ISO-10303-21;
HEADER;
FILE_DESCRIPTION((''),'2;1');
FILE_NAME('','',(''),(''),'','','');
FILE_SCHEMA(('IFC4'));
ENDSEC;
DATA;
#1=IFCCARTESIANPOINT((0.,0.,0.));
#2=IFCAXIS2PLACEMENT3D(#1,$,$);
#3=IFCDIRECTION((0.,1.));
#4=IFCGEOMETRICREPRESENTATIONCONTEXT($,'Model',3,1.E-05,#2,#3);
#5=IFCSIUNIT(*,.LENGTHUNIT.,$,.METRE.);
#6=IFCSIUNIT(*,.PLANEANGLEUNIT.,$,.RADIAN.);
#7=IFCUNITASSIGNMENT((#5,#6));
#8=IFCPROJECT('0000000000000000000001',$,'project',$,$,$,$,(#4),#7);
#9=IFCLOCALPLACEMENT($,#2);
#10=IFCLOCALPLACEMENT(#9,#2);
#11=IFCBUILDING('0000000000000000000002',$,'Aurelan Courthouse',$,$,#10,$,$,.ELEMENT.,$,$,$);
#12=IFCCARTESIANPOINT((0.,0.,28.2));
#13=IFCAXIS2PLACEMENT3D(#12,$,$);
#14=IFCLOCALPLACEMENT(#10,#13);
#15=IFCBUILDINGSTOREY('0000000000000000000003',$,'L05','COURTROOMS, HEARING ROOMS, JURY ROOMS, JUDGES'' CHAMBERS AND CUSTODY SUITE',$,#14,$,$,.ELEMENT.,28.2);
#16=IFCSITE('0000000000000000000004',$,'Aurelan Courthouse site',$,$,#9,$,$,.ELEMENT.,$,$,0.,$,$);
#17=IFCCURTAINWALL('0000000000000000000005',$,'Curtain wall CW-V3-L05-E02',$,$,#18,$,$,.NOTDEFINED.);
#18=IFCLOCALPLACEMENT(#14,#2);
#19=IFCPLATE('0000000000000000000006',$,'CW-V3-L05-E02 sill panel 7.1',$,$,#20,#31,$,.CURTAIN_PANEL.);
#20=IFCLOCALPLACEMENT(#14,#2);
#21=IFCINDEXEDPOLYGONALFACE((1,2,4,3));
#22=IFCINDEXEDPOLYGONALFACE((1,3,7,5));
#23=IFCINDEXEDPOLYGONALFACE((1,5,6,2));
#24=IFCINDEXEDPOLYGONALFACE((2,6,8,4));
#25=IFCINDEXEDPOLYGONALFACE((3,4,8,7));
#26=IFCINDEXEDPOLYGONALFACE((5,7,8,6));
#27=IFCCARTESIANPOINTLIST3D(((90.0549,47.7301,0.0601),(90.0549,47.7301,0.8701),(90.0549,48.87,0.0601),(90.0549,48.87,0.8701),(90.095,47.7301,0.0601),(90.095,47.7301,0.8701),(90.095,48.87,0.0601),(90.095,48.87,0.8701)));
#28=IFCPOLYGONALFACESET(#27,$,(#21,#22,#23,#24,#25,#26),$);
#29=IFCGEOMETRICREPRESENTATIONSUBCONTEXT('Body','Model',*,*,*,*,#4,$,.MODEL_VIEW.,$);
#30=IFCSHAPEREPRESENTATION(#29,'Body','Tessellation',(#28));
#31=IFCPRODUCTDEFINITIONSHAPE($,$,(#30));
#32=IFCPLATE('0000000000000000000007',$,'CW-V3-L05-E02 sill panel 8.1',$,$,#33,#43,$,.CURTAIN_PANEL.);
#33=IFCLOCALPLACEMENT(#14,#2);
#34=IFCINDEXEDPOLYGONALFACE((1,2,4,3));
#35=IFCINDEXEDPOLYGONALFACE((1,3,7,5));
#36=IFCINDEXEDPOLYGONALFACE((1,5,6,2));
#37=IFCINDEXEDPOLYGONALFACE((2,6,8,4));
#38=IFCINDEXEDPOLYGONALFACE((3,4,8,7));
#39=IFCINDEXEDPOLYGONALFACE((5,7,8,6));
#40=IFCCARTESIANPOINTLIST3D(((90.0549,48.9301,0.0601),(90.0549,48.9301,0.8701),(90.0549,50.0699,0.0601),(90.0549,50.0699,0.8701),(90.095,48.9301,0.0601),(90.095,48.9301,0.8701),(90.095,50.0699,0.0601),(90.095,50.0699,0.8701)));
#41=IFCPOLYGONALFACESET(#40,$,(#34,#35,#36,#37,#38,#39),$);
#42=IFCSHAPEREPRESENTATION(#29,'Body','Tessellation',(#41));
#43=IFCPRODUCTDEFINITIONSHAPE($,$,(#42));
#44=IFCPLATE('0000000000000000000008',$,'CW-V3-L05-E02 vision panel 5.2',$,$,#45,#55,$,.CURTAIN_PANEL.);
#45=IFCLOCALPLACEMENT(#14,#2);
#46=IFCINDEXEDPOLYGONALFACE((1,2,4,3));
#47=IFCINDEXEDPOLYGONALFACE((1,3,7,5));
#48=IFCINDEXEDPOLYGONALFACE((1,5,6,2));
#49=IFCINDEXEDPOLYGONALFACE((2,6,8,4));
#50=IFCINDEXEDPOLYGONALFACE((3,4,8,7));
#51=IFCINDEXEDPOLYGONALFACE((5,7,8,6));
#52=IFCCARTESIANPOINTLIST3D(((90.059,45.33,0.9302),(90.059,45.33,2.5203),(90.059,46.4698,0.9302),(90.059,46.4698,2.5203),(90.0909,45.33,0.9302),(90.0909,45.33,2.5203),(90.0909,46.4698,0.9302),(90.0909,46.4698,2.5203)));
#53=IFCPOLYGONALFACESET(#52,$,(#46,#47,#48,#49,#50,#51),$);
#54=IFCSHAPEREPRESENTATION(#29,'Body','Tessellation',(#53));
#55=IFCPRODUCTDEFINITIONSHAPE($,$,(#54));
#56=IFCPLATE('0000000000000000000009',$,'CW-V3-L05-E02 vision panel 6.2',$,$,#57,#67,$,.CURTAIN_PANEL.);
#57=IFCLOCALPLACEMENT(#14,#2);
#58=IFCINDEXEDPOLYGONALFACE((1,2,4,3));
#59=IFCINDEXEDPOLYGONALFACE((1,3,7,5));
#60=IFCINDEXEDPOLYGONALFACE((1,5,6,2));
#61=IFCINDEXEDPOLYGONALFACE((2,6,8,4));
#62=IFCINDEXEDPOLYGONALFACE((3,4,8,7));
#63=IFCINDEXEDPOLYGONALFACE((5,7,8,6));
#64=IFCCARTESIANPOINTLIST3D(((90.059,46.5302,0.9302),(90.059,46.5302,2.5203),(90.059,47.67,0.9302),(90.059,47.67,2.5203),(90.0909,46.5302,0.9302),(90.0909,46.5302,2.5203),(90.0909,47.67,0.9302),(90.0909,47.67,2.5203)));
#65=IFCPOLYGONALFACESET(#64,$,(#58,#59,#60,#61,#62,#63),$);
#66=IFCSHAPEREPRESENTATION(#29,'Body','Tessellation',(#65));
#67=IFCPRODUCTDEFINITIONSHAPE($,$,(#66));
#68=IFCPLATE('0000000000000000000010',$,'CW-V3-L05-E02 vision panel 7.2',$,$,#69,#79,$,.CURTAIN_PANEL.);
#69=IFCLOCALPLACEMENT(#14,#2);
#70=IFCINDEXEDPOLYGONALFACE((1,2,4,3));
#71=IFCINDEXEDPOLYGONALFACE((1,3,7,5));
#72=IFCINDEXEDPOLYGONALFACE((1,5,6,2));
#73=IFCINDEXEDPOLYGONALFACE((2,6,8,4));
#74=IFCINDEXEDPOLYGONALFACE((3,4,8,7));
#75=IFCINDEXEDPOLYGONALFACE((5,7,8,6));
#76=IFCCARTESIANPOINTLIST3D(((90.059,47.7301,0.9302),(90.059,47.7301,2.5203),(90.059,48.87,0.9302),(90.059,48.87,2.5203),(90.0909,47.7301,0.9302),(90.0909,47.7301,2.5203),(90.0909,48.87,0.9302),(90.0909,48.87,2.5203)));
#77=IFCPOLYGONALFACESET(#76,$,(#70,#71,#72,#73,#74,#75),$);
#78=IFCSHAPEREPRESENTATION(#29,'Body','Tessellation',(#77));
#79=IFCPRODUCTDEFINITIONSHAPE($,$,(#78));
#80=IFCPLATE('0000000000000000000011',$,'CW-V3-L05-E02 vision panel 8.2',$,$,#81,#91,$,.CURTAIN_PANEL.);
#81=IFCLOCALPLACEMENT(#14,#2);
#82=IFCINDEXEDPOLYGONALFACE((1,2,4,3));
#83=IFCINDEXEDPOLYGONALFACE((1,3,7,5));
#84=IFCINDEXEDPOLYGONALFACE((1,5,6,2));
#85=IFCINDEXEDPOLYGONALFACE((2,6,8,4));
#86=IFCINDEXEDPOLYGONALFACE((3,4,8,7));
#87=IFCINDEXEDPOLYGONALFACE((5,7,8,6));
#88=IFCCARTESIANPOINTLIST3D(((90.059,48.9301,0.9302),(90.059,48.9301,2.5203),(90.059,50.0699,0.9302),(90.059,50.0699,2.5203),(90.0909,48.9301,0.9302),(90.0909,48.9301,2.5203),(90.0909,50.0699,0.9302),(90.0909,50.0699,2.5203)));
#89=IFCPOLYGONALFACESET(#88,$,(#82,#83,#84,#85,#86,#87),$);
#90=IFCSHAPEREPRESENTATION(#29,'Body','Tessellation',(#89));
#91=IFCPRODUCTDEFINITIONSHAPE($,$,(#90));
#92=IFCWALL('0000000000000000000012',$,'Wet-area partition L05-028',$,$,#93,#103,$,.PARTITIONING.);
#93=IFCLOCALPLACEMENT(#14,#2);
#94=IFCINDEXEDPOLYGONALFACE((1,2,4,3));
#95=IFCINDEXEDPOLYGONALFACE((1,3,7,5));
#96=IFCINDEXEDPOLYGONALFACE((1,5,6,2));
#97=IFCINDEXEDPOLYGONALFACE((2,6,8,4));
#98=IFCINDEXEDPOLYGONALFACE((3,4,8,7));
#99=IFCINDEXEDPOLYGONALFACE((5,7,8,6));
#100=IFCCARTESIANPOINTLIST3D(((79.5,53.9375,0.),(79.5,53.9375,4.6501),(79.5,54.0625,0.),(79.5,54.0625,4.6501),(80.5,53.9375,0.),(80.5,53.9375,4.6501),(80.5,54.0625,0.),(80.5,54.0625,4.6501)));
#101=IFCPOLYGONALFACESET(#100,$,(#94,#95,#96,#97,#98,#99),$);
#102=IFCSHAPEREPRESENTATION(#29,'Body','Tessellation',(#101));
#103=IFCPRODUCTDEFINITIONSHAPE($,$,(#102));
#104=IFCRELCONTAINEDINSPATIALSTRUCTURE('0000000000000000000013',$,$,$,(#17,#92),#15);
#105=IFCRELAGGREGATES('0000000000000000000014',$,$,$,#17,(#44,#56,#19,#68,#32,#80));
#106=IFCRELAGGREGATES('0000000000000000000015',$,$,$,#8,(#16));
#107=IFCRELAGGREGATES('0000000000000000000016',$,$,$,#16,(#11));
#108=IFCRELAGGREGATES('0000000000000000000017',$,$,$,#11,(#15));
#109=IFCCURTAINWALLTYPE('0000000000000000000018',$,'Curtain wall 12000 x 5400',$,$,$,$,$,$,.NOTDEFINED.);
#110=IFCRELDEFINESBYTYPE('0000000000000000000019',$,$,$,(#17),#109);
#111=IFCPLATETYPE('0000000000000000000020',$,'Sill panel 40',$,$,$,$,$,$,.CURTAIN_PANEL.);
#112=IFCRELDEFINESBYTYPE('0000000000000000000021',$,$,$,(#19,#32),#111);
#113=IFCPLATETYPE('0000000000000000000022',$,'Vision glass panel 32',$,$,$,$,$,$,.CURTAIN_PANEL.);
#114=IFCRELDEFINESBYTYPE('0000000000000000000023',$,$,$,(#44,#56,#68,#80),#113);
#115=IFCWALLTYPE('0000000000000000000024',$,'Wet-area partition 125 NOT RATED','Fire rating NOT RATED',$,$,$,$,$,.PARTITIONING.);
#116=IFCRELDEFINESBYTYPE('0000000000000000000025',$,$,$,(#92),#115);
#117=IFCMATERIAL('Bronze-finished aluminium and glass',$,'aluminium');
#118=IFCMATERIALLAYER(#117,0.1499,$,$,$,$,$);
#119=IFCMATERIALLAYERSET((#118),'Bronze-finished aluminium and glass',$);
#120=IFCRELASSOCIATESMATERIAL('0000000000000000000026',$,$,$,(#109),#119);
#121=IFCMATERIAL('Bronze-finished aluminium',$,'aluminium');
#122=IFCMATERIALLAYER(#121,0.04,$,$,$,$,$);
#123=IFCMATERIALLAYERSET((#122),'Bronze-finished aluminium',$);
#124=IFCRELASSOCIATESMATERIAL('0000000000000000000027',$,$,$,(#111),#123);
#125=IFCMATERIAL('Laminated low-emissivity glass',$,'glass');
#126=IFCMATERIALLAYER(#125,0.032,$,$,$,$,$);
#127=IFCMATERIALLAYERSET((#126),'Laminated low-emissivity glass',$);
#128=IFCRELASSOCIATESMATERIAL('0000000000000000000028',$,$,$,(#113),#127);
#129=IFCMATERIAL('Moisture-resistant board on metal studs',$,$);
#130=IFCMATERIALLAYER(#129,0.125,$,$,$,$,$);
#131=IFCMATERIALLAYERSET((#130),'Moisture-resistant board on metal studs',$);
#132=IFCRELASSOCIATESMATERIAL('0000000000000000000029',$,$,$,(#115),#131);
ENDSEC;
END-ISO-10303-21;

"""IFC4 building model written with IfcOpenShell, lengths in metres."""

from ifc_helpers import new_model, si_unit, direction, frame, frame_2d, origin, origin_2d, place, context, subcontext, project, spatial, rectangle, extrude, material, layer, layer_set, type_object, element, aggregate, save


model = new_model("IFC4")

# Units and contexts
model_context = context("Model", 3, precision=1e-05, world=origin(), true_north=direction((0.0, 1.0)))
body_context = subcontext(model_context, "Body", "Model", "MODEL_VIEW")
ifc_project = project(units=[si_unit("LENGTHUNIT", "METRE"), si_unit("PLANEANGLEUNIT", "RADIAN")], contexts=[model_context])

# Site, building, storey
site_placement = place(None, origin())
site = spatial("IfcSite", under=ifc_project, at=site_placement, Name="Aurelan Courthouse site", CompositionType="ELEMENT", RefElevation=0.0)
building_placement = place(site_placement, origin())
building = spatial("IfcBuilding", under=site, at=building_placement, Name="Aurelan Courthouse", CompositionType="ELEMENT")
storey_placement = place(building_placement, frame((0.0, 0.0, 28.2)))
storey = spatial("IfcBuildingStorey", under=building, at=storey_placement, Name="L05", Description="COURTROOMS, HEARING ROOMS, JURY ROOMS, JUDGES' CHAMBERS AND CUSTODY SUITE", CompositionType="ELEMENT", Elevation=28.2)

# Curtain wall
ifc_material_1 = material(Name="Bronze-finished aluminium and glass", Category="aluminium")
ifc_layer_1 = layer(ifc_material_1, 0.1499)
ifc_layer_set_1 = layer_set([ifc_layer_1], Name="Bronze-finished aluminium and glass")
curtain_wall_type = type_object("IfcCurtainWallType", Name="Curtain wall 12000 x 5400", PredefinedType="NOTDEFINED", material=ifc_layer_set_1)
curtain_wall_placement = place(storey_placement, origin())
curtain_wall = element("IfcCurtainWall", 1, at=curtain_wall_placement, inside=storey, type_object=curtain_wall_type, Name="Curtain wall CW-V3-L05-E02", PredefinedType="NOTDEFINED")
ifc_material_2 = material(Name="Bronze-finished aluminium", Category="aluminium")

# Plates
ifc_layer_2 = layer(ifc_material_2, 0.04)
ifc_layer_set_2 = layer_set([ifc_layer_2], Name="Bronze-finished aluminium")
plate_type_1 = type_object("IfcPlateType", Name="Sill panel 40", PredefinedType="CURTAIN_PANEL", material=ifc_layer_set_2)
plate_1_placement = place(storey_placement, frame((90.075, 48.3, 0.0601), z_axis=(0.0, 0.0, 1.0), x_axis=(0.0, 1.0, 0.0)))
plate_1 = element("IfcPlate", 2, at=plate_1_placement, type_object=plate_type_1, Name="CW-V3-L05-E02 sill panel 7.1", PredefinedType="CURTAIN_PANEL", context=body_context, shape_type="SweptSolid", body=[
    extrude(rectangle(XDim=1.1399, YDim=0.04, at=origin_2d()), origin(), (0.0, 0.0, 1.0), 0.8101),
])
plate_2_placement = place(storey_placement, frame((90.075, 49.5, 0.0601), z_axis=(0.0, 0.0, 1.0), x_axis=(0.0, 1.0, 0.0)))
plate_2 = element("IfcPlate", 3, at=plate_2_placement, type_object=plate_type_1, Name="CW-V3-L05-E02 sill panel 8.1", PredefinedType="CURTAIN_PANEL", context=body_context, shape_type="SweptSolid", body=[
    extrude(rectangle(XDim=1.1399, YDim=0.04, at=origin_2d()), origin(), (0.0, 0.0, 1.0), 0.8101),
])
ifc_material_3 = material(Name="Laminated low-emissivity glass", Category="glass")
ifc_layer_3 = layer(ifc_material_3, 0.032)
ifc_layer_set_3 = layer_set([ifc_layer_3], Name="Laminated low-emissivity glass")
plate_type_2 = type_object("IfcPlateType", Name="Vision glass panel 32", PredefinedType="CURTAIN_PANEL", material=ifc_layer_set_3)
plate_3_placement = place(storey_placement, frame((90.075, 45.8999, 0.9302), z_axis=(0.0, 0.0, 1.0), x_axis=(0.0, 1.0, 0.0)))
plate_3 = element("IfcPlate", 4, at=plate_3_placement, type_object=plate_type_2, Name="CW-V3-L05-E02 vision panel 5.2", PredefinedType="CURTAIN_PANEL", context=body_context, shape_type="SweptSolid", body=[
    extrude(rectangle(XDim=1.1399, YDim=0.032, at=origin_2d()), origin(), (0.0, 0.0, 1.0), 1.5901),
])
plate_4_placement = place(storey_placement, frame((90.075, 47.1001, 0.9302), z_axis=(0.0, 0.0, 1.0), x_axis=(0.0, 1.0, 0.0)))
plate_4 = element("IfcPlate", 5, at=plate_4_placement, type_object=plate_type_2, Name="CW-V3-L05-E02 vision panel 6.2", PredefinedType="CURTAIN_PANEL", context=body_context, shape_type="SweptSolid", body=[
    extrude(rectangle(XDim=1.1399, YDim=0.032, at=origin_2d()), origin(), (0.0, 0.0, 1.0), 1.5901),
])
plate_5_placement = place(storey_placement, frame((90.075, 48.3, 0.9302), z_axis=(0.0, 0.0, 1.0), x_axis=(0.0, 1.0, 0.0)))
plate_5 = element("IfcPlate", 6, at=plate_5_placement, type_object=plate_type_2, Name="CW-V3-L05-E02 vision panel 7.2", PredefinedType="CURTAIN_PANEL", context=body_context, shape_type="SweptSolid", body=[
    extrude(rectangle(XDim=1.1399, YDim=0.032, at=origin_2d()), origin(), (0.0, 0.0, 1.0), 1.5901),
])
plate_6_placement = place(storey_placement, frame((90.075, 49.5, 0.9302), z_axis=(0.0, 0.0, 1.0), x_axis=(0.0, 1.0, 0.0)))
plate_6 = element("IfcPlate", 7, at=plate_6_placement, type_object=plate_type_2, Name="CW-V3-L05-E02 vision panel 8.2", PredefinedType="CURTAIN_PANEL", context=body_context, shape_type="SweptSolid", body=[
    extrude(rectangle(XDim=1.1399, YDim=0.032, at=origin_2d()), origin(), (0.0, 0.0, 1.0), 1.5901),
])
aggregate(curtain_wall, [plate_3, plate_4, plate_1, plate_5, plate_2, plate_6])

# Wall
ifc_material_4 = material(Name="Moisture-resistant board on metal studs")
ifc_layer_4 = layer(ifc_material_4, 0.125)
ifc_layer_set_4 = layer_set([ifc_layer_4], Name="Moisture-resistant board on metal studs")
wall_type = type_object("IfcWallType", Name="Wet-area partition 125 NOT RATED", Description="Fire rating NOT RATED", PredefinedType="PARTITIONING", material=ifc_layer_set_4)
wall_placement = place(storey_placement, frame((79.5, 54.0, 0.0), z_axis=(0.0, 0.0, 1.0), x_axis=(1.0, 0.0, 0.0)))
element("IfcWall", 8, at=wall_placement, inside=storey, type_object=wall_type, Name="Wet-area partition L05-028", PredefinedType="PARTITIONING", context=body_context, shape_type="SweptSolid", body=[
    extrude(rectangle(XDim=1.0, YDim=0.125, at=frame_2d((0.5, 0.0))), origin(), (0.0, 0.0, 1.0), 4.6501),
])

save(model, "model.ifc")
